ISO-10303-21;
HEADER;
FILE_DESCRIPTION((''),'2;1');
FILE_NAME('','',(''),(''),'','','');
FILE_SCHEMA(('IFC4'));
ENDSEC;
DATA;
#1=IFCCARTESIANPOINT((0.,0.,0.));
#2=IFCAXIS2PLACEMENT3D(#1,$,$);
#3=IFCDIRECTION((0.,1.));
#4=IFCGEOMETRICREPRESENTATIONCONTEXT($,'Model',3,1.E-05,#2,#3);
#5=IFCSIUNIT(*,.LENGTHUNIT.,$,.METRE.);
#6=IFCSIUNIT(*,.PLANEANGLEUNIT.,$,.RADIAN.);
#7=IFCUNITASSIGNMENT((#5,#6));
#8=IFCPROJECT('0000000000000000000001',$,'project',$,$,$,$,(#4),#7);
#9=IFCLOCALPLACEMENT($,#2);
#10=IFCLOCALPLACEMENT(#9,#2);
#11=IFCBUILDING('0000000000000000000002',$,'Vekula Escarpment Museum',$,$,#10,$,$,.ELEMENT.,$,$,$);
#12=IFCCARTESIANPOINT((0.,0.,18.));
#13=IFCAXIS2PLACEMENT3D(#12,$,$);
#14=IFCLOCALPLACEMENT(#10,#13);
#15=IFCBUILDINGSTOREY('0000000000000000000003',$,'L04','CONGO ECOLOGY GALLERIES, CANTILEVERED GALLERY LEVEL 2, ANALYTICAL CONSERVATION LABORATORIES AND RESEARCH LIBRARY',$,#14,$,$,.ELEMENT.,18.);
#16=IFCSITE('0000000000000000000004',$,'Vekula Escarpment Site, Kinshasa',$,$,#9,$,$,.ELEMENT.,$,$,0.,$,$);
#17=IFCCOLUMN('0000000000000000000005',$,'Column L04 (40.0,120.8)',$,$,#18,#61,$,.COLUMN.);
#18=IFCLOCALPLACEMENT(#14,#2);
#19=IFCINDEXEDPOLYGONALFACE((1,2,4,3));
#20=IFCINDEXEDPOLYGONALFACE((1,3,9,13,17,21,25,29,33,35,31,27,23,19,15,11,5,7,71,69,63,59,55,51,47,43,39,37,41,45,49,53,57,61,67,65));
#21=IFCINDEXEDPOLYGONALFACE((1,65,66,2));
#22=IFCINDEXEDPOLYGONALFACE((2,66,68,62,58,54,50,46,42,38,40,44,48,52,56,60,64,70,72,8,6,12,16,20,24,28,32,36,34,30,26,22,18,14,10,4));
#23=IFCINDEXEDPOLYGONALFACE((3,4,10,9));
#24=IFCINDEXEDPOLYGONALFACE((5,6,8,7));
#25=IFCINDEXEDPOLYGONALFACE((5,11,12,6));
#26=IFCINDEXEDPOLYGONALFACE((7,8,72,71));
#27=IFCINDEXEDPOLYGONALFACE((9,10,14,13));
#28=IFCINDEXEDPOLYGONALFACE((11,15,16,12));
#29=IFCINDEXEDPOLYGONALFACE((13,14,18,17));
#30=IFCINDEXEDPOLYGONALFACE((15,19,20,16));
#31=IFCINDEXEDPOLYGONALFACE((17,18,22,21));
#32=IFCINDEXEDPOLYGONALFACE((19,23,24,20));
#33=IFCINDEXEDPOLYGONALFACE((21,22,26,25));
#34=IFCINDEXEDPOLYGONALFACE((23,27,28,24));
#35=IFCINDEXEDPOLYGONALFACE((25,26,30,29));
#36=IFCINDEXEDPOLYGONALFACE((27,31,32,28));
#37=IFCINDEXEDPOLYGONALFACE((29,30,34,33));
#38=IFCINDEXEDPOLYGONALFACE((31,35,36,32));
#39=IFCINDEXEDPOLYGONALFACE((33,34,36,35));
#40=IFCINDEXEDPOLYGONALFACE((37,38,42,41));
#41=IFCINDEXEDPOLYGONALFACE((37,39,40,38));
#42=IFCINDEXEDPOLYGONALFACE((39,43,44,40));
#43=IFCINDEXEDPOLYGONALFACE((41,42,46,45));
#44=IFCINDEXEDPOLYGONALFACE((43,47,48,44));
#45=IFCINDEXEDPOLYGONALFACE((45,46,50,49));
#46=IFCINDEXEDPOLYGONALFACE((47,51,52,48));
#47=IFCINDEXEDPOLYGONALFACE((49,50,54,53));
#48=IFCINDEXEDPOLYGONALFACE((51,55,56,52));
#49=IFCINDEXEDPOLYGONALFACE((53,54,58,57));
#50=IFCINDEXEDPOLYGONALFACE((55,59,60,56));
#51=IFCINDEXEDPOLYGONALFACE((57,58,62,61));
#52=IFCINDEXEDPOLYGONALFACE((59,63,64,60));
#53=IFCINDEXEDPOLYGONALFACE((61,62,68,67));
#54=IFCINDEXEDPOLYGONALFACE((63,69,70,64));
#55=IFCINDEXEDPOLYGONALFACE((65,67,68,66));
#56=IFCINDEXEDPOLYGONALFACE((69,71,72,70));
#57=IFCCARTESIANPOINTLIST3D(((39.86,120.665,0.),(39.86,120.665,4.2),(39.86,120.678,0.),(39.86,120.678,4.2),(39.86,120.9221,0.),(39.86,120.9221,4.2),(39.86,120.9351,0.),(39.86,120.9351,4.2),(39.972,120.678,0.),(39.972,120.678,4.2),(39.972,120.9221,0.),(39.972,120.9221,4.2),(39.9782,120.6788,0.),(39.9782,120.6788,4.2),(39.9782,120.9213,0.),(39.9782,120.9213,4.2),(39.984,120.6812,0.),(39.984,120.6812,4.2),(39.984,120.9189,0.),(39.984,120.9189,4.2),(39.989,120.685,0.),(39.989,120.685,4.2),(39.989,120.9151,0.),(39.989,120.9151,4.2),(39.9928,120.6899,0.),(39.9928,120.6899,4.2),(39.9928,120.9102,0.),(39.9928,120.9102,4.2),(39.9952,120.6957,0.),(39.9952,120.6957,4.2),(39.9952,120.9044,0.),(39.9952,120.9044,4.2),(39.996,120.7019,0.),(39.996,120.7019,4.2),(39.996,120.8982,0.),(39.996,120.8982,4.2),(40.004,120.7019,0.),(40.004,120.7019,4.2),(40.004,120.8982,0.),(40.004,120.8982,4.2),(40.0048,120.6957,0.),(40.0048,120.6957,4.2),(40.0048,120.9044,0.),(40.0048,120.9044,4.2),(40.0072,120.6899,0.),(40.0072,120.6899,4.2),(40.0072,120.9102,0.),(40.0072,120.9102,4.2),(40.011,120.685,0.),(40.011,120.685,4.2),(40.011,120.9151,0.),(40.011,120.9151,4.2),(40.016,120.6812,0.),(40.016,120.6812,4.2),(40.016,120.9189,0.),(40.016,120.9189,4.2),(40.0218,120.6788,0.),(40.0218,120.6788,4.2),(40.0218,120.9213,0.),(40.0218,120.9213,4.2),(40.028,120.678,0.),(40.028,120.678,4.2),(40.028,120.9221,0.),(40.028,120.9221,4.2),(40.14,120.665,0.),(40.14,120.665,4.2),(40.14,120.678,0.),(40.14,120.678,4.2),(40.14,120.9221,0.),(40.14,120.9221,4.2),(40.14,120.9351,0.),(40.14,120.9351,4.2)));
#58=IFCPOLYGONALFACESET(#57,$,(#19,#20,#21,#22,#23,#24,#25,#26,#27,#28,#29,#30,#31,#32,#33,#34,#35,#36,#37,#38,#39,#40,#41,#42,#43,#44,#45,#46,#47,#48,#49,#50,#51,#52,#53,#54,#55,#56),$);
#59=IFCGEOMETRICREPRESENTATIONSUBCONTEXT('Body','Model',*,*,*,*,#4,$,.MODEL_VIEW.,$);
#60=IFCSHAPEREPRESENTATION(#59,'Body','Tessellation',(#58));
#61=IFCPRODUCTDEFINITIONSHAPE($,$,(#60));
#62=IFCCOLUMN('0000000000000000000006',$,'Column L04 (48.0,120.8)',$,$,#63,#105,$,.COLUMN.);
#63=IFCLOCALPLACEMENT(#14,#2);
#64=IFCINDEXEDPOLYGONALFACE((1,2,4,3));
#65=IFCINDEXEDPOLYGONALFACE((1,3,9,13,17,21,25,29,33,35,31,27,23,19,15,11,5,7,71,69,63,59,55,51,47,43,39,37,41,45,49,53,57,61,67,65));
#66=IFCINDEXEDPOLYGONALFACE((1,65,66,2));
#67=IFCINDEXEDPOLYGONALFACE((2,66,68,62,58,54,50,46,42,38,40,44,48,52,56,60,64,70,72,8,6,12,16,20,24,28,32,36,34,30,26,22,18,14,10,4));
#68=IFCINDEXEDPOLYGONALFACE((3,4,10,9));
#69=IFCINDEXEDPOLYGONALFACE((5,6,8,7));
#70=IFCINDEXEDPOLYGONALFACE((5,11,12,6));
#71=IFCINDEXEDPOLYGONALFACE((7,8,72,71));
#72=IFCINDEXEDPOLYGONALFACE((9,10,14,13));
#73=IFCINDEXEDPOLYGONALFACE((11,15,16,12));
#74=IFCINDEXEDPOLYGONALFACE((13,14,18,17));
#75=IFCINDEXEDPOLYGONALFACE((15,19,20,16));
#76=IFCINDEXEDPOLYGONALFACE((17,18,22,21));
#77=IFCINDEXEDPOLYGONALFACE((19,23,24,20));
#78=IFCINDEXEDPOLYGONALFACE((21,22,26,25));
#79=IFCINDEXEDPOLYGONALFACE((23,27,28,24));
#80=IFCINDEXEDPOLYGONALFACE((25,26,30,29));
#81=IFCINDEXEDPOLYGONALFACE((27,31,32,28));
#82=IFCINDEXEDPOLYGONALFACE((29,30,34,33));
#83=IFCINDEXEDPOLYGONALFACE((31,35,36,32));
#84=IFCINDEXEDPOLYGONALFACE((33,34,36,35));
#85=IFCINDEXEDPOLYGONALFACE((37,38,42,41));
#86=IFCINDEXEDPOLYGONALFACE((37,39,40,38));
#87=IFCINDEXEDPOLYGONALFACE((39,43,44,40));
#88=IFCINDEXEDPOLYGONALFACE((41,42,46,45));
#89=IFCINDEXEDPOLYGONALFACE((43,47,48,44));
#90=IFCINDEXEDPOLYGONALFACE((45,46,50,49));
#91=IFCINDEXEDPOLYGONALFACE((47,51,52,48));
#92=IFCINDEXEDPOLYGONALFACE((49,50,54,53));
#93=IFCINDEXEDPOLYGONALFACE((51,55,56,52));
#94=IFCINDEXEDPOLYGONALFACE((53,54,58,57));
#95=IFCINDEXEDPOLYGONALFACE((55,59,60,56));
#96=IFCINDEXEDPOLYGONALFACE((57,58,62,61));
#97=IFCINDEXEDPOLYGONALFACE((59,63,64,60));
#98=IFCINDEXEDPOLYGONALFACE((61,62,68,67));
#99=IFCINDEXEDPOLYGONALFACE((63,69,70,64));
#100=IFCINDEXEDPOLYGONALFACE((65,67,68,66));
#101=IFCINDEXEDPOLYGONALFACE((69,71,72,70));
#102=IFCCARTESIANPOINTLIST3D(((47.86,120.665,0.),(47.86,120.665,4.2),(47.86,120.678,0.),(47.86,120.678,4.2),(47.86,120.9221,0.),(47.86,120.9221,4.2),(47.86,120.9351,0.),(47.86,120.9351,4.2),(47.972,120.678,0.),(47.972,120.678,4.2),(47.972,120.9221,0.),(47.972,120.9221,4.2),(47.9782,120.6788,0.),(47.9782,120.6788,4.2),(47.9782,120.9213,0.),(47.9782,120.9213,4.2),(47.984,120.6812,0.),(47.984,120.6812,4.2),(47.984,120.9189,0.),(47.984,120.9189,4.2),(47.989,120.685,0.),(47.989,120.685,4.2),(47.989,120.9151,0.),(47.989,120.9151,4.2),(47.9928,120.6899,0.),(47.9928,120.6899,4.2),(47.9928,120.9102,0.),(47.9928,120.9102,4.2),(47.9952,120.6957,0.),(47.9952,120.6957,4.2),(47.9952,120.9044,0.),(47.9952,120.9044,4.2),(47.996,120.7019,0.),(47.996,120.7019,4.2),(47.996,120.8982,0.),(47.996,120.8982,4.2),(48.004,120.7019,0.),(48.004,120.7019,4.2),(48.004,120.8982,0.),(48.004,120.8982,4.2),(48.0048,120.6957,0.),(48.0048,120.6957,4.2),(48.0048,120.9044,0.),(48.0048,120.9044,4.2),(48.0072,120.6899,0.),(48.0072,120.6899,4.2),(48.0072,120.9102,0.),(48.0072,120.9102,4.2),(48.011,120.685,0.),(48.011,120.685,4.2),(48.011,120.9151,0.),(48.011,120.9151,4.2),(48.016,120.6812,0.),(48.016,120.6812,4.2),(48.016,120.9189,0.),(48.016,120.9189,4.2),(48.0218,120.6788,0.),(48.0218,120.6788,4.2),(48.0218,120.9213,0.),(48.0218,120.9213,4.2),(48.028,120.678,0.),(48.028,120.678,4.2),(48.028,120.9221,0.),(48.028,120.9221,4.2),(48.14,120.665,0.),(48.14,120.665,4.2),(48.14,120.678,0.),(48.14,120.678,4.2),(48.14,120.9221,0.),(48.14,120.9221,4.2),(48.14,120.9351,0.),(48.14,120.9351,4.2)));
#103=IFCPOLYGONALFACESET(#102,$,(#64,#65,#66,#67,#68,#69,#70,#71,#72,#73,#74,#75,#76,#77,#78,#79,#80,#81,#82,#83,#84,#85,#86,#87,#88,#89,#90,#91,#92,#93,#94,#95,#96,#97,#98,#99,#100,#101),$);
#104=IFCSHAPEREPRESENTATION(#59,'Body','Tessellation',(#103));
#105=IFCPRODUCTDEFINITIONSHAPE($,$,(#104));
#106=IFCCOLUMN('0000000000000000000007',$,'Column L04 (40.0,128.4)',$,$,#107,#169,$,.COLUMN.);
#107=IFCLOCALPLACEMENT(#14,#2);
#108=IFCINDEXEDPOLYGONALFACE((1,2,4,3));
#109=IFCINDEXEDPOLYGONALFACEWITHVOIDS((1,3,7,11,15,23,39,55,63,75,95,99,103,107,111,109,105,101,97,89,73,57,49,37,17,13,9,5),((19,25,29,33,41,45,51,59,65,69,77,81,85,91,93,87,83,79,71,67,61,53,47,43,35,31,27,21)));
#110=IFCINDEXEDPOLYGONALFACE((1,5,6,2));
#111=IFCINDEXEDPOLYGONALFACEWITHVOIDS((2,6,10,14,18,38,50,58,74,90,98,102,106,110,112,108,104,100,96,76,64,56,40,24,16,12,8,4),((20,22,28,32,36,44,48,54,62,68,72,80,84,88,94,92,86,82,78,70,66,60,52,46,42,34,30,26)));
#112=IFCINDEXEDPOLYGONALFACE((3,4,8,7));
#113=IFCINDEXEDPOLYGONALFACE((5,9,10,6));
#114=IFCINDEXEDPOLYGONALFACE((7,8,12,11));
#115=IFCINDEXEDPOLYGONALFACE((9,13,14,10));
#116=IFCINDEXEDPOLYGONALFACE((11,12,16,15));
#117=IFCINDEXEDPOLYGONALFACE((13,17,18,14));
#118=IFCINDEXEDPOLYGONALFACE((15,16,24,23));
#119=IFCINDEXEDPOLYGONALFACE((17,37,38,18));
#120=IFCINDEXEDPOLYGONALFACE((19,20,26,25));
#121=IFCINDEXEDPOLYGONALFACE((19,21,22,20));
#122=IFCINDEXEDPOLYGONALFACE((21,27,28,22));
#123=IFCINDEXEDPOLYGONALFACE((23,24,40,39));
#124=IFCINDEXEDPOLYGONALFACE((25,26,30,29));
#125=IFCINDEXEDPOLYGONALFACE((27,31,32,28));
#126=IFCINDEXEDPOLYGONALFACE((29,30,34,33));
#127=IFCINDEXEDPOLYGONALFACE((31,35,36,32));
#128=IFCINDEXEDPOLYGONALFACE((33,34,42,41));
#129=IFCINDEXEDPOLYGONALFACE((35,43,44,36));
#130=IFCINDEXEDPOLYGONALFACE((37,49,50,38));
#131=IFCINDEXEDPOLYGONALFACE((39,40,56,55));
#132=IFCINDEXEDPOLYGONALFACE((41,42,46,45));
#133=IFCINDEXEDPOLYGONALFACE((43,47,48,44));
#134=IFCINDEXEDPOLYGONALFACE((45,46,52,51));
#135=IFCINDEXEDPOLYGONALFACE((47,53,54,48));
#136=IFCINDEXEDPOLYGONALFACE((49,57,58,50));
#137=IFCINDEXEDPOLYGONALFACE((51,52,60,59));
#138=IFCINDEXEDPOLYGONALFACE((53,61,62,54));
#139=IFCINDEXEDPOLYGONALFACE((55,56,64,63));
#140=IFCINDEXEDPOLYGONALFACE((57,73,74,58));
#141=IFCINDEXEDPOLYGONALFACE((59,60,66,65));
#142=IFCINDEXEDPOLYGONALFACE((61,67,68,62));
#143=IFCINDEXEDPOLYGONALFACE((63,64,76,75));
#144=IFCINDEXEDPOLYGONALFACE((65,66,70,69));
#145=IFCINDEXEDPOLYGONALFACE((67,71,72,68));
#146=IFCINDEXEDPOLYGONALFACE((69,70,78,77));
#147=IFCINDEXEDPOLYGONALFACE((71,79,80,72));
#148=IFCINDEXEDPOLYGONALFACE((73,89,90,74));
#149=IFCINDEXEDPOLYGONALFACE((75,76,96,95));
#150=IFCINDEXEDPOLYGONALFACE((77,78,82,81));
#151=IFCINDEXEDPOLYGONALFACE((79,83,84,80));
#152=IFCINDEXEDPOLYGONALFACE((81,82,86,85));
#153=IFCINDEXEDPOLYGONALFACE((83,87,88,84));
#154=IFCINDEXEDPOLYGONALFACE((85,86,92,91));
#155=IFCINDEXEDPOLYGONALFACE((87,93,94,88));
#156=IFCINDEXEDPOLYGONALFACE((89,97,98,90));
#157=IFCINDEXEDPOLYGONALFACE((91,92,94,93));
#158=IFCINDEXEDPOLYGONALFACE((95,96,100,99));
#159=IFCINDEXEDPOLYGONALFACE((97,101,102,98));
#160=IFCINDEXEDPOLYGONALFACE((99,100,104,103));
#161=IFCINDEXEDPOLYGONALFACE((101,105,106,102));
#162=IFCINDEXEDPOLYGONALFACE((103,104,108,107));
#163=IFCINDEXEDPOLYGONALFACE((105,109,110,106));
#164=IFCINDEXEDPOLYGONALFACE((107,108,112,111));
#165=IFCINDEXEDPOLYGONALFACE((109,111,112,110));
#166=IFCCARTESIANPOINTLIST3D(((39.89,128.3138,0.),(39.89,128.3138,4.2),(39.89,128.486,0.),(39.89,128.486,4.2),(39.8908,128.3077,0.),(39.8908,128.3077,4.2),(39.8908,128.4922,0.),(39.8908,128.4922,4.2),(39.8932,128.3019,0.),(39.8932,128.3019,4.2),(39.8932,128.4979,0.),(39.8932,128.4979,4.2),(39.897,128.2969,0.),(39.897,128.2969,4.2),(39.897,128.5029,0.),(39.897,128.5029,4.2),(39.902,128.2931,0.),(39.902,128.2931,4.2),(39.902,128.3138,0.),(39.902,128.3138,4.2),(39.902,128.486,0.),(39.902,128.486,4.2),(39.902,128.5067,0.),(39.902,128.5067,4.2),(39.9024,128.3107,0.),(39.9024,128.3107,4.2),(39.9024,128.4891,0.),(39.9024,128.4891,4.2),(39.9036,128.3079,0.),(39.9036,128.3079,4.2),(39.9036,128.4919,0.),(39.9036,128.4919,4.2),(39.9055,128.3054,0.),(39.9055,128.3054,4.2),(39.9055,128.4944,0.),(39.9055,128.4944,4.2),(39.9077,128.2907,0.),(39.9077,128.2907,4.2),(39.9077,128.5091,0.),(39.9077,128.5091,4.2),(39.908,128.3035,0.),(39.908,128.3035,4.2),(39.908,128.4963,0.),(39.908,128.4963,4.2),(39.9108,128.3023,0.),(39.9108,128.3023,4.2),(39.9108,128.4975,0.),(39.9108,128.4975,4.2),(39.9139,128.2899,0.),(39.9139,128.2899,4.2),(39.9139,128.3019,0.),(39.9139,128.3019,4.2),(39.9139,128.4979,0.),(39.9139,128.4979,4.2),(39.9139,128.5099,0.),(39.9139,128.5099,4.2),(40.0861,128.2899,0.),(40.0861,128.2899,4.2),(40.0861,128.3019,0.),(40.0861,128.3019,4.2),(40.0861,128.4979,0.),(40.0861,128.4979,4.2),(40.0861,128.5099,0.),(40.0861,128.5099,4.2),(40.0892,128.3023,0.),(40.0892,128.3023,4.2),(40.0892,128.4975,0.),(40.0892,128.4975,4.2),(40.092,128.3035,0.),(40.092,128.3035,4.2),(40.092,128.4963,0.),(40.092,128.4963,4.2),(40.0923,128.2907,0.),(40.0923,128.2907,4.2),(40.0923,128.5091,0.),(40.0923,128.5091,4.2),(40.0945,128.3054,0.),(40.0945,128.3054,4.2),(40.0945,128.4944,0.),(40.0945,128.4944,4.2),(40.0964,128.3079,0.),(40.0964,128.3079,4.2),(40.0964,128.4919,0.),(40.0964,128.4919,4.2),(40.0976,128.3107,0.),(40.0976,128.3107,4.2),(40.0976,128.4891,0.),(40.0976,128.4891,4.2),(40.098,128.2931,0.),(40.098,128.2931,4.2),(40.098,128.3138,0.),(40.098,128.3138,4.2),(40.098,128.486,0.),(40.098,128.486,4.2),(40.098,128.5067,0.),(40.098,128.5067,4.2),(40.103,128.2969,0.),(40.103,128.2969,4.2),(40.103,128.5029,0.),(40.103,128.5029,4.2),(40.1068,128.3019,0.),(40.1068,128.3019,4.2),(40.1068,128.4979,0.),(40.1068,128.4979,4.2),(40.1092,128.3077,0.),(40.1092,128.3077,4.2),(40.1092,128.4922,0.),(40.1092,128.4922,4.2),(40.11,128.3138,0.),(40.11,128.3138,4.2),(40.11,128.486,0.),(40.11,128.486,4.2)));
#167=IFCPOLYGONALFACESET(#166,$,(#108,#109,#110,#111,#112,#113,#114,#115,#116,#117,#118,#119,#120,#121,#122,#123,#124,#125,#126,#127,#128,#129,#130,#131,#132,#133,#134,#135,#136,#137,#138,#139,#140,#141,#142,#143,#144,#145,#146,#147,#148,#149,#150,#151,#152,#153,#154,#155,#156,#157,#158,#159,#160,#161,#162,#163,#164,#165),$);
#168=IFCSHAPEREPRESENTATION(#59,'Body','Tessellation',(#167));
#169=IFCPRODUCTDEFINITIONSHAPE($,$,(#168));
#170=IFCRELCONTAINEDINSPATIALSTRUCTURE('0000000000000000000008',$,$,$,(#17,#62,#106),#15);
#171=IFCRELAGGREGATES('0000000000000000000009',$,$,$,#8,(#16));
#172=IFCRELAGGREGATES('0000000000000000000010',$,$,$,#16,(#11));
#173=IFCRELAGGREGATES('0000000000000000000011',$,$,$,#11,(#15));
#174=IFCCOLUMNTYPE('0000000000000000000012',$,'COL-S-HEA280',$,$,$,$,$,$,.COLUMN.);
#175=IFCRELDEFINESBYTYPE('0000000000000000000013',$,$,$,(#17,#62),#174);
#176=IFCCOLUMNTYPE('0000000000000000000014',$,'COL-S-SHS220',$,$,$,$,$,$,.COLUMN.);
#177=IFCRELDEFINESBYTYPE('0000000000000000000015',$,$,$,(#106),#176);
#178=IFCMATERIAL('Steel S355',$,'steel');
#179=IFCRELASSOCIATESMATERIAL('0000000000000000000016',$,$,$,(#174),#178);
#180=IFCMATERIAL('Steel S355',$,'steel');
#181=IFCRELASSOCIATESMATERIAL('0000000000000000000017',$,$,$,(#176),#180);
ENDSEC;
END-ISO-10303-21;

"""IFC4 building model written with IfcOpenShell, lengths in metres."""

from ifc_helpers import new_model, si_unit, direction, frame, origin, origin_2d, place, context, subcontext, project, spatial, hollow_rectangle, i_section, extrude, material, material_profile, profile_set, type_object, element, save


model = new_model("IFC4")

# Units and contexts
model_context = context("Model", 3, precision=1e-05, world=origin(), true_north=direction((0.0, 1.0)))
body_context = subcontext(model_context, "Body", "Model", "MODEL_VIEW")
ifc_project = project(units=[si_unit("LENGTHUNIT", "METRE"), si_unit("PLANEANGLEUNIT", "RADIAN")], contexts=[model_context])

# Site, building, storey
site_placement = place(None, origin())
site = spatial("IfcSite", under=ifc_project, at=site_placement, Name="Vekula Escarpment Site, Kinshasa", CompositionType="ELEMENT", RefElevation=0.0)
building_placement = place(site_placement, origin())
building = spatial("IfcBuilding", under=site, at=building_placement, Name="Vekula Escarpment Museum", CompositionType="ELEMENT")
storey_placement = place(building_placement, frame((0.0, 0.0, 18.0)))
storey = spatial("IfcBuildingStorey", under=building, at=storey_placement, Name="L04", Description="CONGO ECOLOGY GALLERIES, CANTILEVERED GALLERY LEVEL 2, ANALYTICAL CONSERVATION LABORATORIES AND RESEARCH LIBRARY", CompositionType="ELEMENT", Elevation=18.0)

# Columns
ifc_material_1 = material(Name="Steel S355", Category="steel")
ifc_material_profile_1 = material_profile(ifc_material_1, i_section(OverallWidth=0.28, OverallDepth=0.27, WebThickness=0.0081, FlangeThickness=0.0129, FilletRadius=0.0239, at=origin_2d()), Name="HEA 280")
ifc_profile_set_1 = profile_set([ifc_material_profile_1], Name="Steel S355")
column_type_1 = type_object("IfcColumnType", Name="COL-S-HEA280", PredefinedType="COLUMN", material=ifc_profile_set_1)
for number, where, z_axis, x_axis, name in (
    (1, (40.0, 120.8, 0.0), (0.0, 0.0, 1.0), (1.0, 0.0, 0.0), "Column L04 (40.0,120.8)"),
    (2, (48.0, 120.8, 0.0), (0.0, 0.0, 1.0), (1.0, 0.0, 0.0), "Column L04 (48.0,120.8)"),
):
    element("IfcColumn", number, at=place(storey_placement, frame(where, z_axis=z_axis, x_axis=x_axis)), inside=storey, type_object=column_type_1, Name=name, PredefinedType="COLUMN", context=body_context, shape_type="SweptSolid", body=[
        extrude(i_section(OverallWidth=0.28, OverallDepth=0.27, WebThickness=0.0081, FlangeThickness=0.0129, FilletRadius=0.0239, at=origin_2d()), origin(), (0.0, 0.0, 1.0), 4.2),
    ])
ifc_material_2 = material(Name="Steel S355", Category="steel")
ifc_material_profile_2 = material_profile(ifc_material_2, hollow_rectangle(XDim=0.22, YDim=0.22, WallThickness=0.012, InnerFilletRadius=0.012, OuterFilletRadius=0.0239, at=origin_2d()), Name="SHS 220x220x12")
ifc_profile_set_2 = profile_set([ifc_material_profile_2], Name="Steel S355")
column_type_2 = type_object("IfcColumnType", Name="COL-S-SHS220", PredefinedType="COLUMN", material=ifc_profile_set_2)
for number, where, z_axis, x_axis, name in (
    (3, (40.0, 128.3999, 0.0), (0.0, 0.0, 1.0), (1.0, 0.0, 0.0), "Column L04 (40.0,128.4)"),
):
    element("IfcColumn", number, at=place(storey_placement, frame(where, z_axis=z_axis, x_axis=x_axis)), inside=storey, type_object=column_type_2, Name=name, PredefinedType="COLUMN", context=body_context, shape_type="SweptSolid", body=[
        extrude(hollow_rectangle(XDim=0.22, YDim=0.22, WallThickness=0.012, InnerFilletRadius=0.012, OuterFilletRadius=0.0239, at=origin_2d()), origin(), (0.0, 0.0, 1.0), 4.2),
    ])

save(model, "model.ifc")
